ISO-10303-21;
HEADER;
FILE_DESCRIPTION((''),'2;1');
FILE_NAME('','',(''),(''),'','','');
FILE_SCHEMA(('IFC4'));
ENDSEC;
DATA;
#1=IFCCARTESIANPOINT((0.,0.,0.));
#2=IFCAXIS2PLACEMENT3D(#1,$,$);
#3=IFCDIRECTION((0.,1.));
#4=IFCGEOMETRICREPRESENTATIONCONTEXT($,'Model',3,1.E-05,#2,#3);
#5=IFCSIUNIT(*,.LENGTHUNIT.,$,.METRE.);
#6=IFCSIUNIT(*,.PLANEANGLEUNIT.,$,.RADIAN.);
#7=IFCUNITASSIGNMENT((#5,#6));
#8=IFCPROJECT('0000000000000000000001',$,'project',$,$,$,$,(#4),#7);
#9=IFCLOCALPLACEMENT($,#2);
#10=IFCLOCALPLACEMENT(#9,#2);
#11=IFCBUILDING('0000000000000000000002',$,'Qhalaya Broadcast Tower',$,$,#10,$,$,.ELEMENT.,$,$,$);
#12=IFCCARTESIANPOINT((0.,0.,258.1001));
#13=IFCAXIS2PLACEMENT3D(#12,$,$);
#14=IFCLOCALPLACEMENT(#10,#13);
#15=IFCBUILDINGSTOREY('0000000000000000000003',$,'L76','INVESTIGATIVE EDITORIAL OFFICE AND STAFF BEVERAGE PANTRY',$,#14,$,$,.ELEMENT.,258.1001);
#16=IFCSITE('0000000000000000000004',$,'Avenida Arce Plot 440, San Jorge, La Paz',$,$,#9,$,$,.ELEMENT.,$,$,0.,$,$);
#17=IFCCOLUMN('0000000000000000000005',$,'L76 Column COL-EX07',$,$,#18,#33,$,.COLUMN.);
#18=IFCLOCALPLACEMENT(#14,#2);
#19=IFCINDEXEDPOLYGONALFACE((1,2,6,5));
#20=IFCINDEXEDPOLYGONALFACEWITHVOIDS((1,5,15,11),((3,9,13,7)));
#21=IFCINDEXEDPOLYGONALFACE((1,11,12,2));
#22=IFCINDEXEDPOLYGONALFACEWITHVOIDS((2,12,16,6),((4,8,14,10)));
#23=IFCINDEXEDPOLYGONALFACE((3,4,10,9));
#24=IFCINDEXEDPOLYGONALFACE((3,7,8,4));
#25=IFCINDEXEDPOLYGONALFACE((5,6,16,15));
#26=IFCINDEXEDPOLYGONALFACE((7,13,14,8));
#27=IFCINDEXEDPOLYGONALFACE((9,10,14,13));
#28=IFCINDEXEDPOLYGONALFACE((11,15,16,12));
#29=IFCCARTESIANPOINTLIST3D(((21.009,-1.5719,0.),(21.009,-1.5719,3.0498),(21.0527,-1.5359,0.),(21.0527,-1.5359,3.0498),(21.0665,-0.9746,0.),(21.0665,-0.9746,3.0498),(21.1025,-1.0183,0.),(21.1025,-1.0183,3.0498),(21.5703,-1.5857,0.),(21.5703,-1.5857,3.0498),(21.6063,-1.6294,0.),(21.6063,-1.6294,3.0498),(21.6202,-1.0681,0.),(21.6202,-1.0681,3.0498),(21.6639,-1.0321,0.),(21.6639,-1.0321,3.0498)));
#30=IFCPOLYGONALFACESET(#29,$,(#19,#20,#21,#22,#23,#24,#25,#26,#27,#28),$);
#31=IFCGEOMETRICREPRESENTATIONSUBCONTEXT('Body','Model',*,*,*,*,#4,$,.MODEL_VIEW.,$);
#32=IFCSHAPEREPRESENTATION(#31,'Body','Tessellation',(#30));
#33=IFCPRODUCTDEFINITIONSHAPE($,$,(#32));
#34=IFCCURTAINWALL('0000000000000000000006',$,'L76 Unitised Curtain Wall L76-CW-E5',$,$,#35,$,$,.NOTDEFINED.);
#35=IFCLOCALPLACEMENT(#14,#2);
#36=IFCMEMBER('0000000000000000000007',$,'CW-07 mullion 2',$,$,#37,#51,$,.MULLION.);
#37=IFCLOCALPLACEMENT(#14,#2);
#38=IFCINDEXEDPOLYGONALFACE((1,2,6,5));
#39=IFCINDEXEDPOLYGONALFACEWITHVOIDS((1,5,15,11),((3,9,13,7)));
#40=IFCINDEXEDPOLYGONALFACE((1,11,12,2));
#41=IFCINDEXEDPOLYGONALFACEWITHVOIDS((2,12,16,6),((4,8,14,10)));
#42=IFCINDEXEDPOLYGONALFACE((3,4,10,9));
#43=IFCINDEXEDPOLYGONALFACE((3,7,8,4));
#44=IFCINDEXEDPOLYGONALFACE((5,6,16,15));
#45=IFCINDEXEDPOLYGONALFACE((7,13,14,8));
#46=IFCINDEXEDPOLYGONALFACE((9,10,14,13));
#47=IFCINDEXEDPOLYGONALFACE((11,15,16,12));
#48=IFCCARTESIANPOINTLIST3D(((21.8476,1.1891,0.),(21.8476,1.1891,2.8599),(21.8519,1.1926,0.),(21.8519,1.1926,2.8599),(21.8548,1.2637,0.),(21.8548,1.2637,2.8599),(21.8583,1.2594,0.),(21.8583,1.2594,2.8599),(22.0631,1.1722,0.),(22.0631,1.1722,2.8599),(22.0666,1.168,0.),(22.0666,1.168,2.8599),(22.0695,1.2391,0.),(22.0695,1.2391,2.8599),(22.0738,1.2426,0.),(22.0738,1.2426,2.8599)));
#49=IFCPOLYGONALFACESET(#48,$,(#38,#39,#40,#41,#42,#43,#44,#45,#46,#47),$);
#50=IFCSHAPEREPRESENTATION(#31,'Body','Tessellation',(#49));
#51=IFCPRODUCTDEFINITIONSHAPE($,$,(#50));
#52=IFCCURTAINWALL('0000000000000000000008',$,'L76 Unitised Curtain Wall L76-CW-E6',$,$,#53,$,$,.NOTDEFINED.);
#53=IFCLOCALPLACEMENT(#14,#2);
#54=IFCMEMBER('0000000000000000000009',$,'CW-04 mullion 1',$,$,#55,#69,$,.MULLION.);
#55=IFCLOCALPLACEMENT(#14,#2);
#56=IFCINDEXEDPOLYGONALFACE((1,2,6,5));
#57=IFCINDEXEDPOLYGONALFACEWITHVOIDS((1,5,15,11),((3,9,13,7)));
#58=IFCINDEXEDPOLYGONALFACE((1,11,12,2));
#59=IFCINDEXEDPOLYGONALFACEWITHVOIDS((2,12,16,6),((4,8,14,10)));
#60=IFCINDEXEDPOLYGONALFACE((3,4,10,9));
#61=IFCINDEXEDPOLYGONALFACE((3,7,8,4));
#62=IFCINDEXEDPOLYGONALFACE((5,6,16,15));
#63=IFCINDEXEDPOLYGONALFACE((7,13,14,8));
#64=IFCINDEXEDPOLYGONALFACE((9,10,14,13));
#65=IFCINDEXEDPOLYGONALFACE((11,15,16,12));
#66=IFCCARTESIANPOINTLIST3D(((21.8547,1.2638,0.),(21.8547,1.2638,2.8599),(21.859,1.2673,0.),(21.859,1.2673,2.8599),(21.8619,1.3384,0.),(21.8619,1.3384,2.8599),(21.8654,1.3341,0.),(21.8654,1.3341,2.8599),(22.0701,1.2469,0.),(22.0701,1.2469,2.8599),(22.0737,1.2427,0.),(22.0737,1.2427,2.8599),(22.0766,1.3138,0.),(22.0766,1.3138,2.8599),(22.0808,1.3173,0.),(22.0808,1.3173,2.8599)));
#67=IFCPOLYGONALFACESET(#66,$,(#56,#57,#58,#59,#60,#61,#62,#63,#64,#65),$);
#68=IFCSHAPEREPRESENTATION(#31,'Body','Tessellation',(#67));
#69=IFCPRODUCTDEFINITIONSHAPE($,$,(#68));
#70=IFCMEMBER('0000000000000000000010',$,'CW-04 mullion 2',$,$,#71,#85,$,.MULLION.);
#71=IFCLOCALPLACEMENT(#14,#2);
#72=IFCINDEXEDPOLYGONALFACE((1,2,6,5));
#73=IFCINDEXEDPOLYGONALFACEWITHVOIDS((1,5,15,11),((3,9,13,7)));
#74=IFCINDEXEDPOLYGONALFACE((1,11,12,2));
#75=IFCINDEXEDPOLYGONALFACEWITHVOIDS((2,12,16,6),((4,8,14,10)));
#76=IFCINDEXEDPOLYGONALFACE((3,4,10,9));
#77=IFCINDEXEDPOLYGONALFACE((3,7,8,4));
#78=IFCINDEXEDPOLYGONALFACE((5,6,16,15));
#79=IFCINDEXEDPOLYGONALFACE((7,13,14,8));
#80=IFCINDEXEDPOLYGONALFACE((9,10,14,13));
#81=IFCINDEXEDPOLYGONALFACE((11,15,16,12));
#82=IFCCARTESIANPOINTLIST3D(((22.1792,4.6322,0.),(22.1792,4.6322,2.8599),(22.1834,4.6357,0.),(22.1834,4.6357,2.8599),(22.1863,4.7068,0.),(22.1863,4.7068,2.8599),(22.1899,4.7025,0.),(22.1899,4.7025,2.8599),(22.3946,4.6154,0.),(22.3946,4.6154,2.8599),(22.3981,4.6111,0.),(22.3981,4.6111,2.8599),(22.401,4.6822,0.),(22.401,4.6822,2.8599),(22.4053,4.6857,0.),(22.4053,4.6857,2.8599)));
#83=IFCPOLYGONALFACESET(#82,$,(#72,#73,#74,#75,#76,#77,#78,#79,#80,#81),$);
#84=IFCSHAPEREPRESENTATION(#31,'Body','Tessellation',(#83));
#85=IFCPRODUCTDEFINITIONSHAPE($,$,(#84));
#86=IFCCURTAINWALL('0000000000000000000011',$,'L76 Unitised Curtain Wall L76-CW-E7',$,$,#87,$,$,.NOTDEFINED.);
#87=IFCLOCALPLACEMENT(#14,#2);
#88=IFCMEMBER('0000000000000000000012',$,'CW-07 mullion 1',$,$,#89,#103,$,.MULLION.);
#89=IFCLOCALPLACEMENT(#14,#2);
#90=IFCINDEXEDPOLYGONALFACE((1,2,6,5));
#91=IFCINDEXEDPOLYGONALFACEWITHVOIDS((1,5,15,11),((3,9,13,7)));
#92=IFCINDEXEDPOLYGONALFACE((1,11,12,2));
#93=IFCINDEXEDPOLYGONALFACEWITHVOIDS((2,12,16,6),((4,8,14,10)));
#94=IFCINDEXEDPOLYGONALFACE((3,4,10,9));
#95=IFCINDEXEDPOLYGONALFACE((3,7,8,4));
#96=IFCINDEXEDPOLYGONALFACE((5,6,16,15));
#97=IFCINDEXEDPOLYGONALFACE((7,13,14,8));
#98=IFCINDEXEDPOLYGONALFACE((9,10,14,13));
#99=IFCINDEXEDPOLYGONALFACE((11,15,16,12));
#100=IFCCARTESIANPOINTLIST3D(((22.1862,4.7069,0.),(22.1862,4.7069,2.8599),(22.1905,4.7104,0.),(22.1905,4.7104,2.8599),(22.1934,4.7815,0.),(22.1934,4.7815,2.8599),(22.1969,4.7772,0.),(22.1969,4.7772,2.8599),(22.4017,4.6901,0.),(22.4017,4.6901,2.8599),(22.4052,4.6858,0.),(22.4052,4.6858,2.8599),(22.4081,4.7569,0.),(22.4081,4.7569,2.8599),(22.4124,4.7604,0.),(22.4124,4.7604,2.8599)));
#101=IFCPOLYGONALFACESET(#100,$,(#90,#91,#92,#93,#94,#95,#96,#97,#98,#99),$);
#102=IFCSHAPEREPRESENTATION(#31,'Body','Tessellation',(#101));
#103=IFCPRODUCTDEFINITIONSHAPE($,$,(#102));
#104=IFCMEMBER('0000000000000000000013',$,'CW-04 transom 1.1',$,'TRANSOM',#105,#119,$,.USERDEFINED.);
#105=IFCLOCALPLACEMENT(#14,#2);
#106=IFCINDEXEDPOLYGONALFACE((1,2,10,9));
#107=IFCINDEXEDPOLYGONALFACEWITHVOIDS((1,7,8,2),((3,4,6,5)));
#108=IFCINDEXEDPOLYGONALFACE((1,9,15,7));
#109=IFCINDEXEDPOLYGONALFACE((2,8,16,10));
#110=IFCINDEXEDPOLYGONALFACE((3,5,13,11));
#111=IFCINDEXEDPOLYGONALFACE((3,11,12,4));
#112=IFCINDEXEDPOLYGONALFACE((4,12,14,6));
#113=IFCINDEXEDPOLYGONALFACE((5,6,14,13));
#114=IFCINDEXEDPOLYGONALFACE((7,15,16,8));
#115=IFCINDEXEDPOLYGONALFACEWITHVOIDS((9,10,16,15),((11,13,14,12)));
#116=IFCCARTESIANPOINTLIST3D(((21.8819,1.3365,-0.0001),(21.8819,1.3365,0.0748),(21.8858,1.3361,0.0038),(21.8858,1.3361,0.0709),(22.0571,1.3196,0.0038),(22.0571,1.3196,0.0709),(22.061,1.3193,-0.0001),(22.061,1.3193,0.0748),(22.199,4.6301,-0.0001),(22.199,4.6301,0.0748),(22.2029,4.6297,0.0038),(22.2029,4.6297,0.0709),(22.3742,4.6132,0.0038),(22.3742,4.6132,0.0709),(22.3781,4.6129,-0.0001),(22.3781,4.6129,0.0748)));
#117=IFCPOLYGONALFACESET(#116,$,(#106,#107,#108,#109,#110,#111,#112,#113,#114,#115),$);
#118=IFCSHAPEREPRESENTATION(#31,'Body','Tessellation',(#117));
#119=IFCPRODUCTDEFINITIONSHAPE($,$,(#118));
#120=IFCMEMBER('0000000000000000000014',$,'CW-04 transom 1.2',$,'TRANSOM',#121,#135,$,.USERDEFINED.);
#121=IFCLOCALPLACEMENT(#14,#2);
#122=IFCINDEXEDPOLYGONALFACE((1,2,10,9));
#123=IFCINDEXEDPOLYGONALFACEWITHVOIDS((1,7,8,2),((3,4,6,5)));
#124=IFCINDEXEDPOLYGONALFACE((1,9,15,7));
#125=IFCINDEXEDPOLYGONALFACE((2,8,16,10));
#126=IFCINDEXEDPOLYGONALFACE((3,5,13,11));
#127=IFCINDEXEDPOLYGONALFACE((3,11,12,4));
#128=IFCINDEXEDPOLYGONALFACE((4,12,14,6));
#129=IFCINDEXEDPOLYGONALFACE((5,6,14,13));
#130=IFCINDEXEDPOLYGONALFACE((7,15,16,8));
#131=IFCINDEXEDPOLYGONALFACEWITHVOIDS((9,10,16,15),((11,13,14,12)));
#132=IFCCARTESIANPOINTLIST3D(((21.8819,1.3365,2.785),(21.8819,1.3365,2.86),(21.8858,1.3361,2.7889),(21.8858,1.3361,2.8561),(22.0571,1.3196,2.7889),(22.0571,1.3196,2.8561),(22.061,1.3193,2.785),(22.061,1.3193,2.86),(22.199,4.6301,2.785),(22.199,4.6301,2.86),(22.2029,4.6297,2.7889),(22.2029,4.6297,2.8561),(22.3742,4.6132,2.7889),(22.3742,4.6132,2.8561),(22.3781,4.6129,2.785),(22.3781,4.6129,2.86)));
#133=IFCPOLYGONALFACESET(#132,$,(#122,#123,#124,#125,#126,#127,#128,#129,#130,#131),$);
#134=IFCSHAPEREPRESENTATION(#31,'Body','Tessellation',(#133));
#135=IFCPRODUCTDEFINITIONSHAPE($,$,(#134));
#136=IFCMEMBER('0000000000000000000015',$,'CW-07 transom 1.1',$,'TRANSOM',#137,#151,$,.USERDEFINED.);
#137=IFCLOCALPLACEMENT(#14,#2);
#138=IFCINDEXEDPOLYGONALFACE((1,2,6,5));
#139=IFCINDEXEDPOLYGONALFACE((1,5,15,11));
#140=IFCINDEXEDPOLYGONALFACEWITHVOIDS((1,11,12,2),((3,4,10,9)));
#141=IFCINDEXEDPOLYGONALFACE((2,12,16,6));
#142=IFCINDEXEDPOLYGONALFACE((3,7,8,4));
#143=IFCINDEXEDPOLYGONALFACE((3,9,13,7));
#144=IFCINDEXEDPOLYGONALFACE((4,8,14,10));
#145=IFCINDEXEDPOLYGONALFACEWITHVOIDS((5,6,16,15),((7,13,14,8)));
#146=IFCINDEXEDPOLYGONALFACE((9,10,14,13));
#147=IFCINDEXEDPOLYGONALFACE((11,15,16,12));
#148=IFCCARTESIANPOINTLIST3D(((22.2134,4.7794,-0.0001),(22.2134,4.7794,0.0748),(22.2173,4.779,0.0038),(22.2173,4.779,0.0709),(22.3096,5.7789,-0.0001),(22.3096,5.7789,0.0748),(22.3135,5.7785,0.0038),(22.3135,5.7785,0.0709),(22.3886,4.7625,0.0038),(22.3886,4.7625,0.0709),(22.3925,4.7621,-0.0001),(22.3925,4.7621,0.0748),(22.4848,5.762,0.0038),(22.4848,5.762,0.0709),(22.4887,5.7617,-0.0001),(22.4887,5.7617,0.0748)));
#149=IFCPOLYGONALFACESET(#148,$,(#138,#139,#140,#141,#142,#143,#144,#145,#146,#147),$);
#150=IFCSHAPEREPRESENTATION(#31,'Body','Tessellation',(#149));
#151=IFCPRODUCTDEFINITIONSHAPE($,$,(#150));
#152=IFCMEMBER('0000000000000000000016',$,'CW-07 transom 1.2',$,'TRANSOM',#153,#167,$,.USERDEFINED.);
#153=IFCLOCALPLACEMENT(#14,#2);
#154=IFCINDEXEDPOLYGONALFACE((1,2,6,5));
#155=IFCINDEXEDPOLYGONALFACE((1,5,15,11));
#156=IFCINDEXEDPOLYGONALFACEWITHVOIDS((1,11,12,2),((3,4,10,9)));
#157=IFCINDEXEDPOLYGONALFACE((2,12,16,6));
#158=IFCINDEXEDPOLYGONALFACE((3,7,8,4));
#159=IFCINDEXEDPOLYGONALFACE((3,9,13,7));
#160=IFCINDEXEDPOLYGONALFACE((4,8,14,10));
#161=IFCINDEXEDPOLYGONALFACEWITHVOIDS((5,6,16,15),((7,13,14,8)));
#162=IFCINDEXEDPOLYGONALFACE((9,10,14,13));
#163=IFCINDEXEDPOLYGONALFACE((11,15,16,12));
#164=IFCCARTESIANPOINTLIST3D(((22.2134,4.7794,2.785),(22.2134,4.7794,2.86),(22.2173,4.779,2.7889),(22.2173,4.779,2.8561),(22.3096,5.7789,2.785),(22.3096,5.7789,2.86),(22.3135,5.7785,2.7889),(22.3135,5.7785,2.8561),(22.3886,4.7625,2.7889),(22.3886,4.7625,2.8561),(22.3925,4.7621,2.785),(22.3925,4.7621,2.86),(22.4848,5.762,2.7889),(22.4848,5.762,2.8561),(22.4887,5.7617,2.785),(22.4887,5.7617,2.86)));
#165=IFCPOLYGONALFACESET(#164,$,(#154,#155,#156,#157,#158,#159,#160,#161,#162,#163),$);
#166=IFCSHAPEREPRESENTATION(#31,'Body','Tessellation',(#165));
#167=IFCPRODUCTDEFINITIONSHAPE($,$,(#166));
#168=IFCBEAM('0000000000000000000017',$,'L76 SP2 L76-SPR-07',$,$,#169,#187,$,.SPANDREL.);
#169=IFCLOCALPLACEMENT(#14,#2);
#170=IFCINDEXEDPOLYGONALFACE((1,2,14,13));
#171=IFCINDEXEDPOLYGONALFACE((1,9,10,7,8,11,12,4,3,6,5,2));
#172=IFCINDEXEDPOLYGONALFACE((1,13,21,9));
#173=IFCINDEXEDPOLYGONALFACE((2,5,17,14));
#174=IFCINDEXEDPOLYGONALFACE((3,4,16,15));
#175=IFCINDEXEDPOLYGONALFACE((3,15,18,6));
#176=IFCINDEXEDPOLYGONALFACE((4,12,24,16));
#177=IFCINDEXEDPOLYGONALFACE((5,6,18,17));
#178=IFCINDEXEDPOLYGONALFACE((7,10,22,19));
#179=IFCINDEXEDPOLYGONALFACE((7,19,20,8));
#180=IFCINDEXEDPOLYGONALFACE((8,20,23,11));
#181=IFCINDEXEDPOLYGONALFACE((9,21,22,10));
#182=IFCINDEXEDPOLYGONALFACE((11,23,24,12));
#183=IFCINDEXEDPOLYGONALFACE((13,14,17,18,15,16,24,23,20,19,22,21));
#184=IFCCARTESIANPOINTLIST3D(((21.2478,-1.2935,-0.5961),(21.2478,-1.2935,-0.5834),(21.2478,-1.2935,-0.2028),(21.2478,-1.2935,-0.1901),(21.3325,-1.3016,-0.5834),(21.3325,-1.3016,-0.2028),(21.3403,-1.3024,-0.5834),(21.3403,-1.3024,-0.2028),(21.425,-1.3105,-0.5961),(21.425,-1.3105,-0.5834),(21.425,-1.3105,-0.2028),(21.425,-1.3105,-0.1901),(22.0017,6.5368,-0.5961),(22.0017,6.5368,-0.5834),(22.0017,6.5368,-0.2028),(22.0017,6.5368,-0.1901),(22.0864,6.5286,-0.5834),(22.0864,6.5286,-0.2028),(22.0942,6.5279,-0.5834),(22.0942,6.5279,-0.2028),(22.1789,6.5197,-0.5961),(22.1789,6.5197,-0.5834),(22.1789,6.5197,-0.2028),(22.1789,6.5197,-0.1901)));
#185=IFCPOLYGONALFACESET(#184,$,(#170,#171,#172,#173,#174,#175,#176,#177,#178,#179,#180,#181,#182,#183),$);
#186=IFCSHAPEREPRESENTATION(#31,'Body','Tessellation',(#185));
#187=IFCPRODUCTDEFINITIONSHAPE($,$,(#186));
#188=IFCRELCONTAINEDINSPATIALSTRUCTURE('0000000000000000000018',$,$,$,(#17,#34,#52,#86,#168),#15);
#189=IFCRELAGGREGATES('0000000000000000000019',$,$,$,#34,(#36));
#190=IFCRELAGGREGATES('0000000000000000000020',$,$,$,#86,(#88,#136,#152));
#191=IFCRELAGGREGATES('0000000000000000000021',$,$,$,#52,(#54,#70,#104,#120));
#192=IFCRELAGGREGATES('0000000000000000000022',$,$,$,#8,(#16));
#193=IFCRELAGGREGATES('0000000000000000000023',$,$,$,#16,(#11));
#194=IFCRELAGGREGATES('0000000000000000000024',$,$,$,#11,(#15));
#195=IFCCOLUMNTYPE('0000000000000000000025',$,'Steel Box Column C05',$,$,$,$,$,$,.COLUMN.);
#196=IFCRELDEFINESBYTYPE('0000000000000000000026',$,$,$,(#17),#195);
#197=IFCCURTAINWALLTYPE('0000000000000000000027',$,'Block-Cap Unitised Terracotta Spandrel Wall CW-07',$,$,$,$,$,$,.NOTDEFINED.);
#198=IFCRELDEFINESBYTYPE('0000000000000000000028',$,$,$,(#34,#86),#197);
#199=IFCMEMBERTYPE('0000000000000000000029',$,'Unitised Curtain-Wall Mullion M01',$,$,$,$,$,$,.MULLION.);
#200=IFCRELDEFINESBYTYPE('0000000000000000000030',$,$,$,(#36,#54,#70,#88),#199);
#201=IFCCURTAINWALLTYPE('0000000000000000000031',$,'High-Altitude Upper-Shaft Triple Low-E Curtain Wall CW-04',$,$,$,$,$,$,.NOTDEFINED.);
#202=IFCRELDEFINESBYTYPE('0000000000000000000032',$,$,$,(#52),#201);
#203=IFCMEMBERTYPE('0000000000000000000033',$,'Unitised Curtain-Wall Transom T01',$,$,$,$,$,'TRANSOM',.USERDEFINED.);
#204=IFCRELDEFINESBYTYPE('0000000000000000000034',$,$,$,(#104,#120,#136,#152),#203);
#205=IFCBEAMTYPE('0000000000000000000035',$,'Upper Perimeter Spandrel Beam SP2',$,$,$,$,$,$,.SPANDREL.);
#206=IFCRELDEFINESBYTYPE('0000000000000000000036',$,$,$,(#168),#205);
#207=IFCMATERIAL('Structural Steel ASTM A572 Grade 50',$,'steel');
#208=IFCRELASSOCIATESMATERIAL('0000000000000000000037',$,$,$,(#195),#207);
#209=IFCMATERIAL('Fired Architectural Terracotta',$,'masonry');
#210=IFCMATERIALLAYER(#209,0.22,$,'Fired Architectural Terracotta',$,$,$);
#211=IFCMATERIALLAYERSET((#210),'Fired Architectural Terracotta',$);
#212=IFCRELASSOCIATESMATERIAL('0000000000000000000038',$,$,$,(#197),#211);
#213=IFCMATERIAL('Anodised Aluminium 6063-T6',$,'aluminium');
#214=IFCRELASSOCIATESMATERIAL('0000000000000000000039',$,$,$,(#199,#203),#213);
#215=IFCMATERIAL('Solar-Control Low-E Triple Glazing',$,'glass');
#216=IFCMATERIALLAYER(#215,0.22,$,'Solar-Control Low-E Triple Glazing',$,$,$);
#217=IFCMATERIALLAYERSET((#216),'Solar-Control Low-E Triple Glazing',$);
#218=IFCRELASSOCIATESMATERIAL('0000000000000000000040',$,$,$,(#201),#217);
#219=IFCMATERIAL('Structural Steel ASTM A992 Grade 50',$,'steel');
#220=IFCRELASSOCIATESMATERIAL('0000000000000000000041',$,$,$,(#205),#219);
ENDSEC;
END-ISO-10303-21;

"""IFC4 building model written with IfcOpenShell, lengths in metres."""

from ifc_helpers import new_model, si_unit, direction, frame, origin, origin_2d, place, context, subcontext, project, spatial, hollow_rectangle, i_section, extrude, material, layer, layer_set, material_profile, profile_set, type_object, element, aggregate, save


model = new_model("IFC4")

# Units and contexts
model_context = context("Model", 3, precision=1e-05, world=origin(), true_north=direction((0.0, 1.0)))
body_context = subcontext(model_context, "Body", "Model", "MODEL_VIEW")
ifc_project = project(units=[si_unit("LENGTHUNIT", "METRE"), si_unit("PLANEANGLEUNIT", "RADIAN")], contexts=[model_context])

# Site, building, storey
site_placement = place(None, origin())
site = spatial("IfcSite", under=ifc_project, at=site_placement, Name="Avenida Arce Plot 440, San Jorge, La Paz", CompositionType="ELEMENT", RefElevation=0.0)
building_placement = place(site_placement, origin())
building = spatial("IfcBuilding", under=site, at=building_placement, Name="Qhalaya Broadcast Tower", CompositionType="ELEMENT")
storey_placement = place(building_placement, frame((0.0, 0.0, 258.1001)))
storey = spatial("IfcBuildingStorey", under=building, at=storey_placement, Name="L76", Description="INVESTIGATIVE EDITORIAL OFFICE AND STAFF BEVERAGE PANTRY", CompositionType="ELEMENT", Elevation=258.1001)

# Column
ifc_material_1 = material(Name="Structural Steel ASTM A572 Grade 50", Category="steel")
ifc_material_profile_1 = material_profile(ifc_material_1, hollow_rectangle(XDim=0.6001, YDim=0.6001, WallThickness=0.04, at=origin_2d()), Name="BOX 600x600x40")
ifc_profile_set_1 = profile_set([ifc_material_profile_1], Name="Structural Steel ASTM A572 Grade 50")
column_type = type_object("IfcColumnType", Name="Steel Box Column C05", PredefinedType="COLUMN", material=ifc_profile_set_1)
column_placement = place(storey_placement, frame((21.3364, -1.302, 0.0), z_axis=(0.0, 0.0, 1.0), x_axis=(0.095846, 0.995396, 0.0)))
element("IfcColumn", 1, at=column_placement, inside=storey, type_object=column_type, Name="L76 Column COL-EX07", PredefinedType="COLUMN", context=body_context, shape_type="SweptSolid", body=[
    extrude(hollow_rectangle(XDim=0.6001, YDim=0.6001, WallThickness=0.04, at=origin_2d()), origin(), (0.0, 0.0, 1.0), 3.0498),
])

# Curtain wall, member
ifc_material_2 = material(Name="Fired Architectural Terracotta", Category="masonry")
ifc_layer_1 = layer(ifc_material_2, 0.22, Name="Fired Architectural Terracotta")
ifc_layer_set_1 = layer_set([ifc_layer_1], Name="Fired Architectural Terracotta")
curtain_wall_type_1 = type_object("IfcCurtainWallType", Name="Block-Cap Unitised Terracotta Spandrel Wall CW-07", PredefinedType="NOTDEFINED", material=ifc_layer_set_1)
curtain_wall_1_placement = place(storey_placement, origin())
curtain_wall_1 = element("IfcCurtainWall", 2, at=curtain_wall_1_placement, inside=storey, type_object=curtain_wall_type_1, Name="L76 Unitised Curtain Wall L76-CW-E5", PredefinedType="NOTDEFINED")
ifc_material_3 = material(Name="Anodised Aluminium 6063-T6", Category="aluminium")
ifc_material_profile_2 = material_profile(ifc_material_3, hollow_rectangle(XDim=0.075, YDim=0.22, WallThickness=0.0039, at=origin_2d()), Name="ALU-MUL 75x220x4")
ifc_profile_set_2 = profile_set([ifc_material_profile_2], Name="Anodised Aluminium 6063-T6")
member_type_1 = type_object("IfcMemberType", Name="Unitised Curtain-Wall Mullion M01", PredefinedType="MULLION", material=ifc_profile_set_2)
member_1_placement = place(storey_placement, frame((21.9607, 1.2158, 0.0), z_axis=(0.0, 0.0, 1.0), x_axis=(0.09586, 0.995395, 0.0)))
member_1 = element("IfcMember", 3, at=member_1_placement, type_object=member_type_1, Name="CW-07 mullion 2", PredefinedType="MULLION", context=body_context, shape_type="SweptSolid", body=[
    extrude(hollow_rectangle(XDim=0.075, YDim=0.22, WallThickness=0.0039, at=origin_2d()), origin(), (0.0, 0.0, 1.0), 2.8599),
])

# Curtain wall, members
ifc_material_4 = material(Name="Solar-Control Low-E Triple Glazing", Category="glass")
ifc_layer_2 = layer(ifc_material_4, 0.22, Name="Solar-Control Low-E Triple Glazing")
ifc_layer_set_2 = layer_set([ifc_layer_2], Name="Solar-Control Low-E Triple Glazing")
curtain_wall_type_2 = type_object("IfcCurtainWallType", Name="High-Altitude Upper-Shaft Triple Low-E Curtain Wall CW-04", PredefinedType="NOTDEFINED", material=ifc_layer_set_2)
curtain_wall_2_placement = place(storey_placement, origin())
curtain_wall_2 = element("IfcCurtainWall", 4, at=curtain_wall_2_placement, inside=storey, type_object=curtain_wall_type_2, Name="L76 Unitised Curtain Wall L76-CW-E6", PredefinedType="NOTDEFINED")
member_2_placement = place(storey_placement, frame((21.9678, 1.2905, 0.0), z_axis=(0.0, 0.0, 1.0), x_axis=(0.095839, 0.995397, 0.0)))
member_2 = element("IfcMember", 5, at=member_2_placement, type_object=member_type_1, Name="CW-04 mullion 1", PredefinedType="MULLION", context=body_context, shape_type="SweptSolid", body=[
    extrude(hollow_rectangle(XDim=0.075, YDim=0.22, WallThickness=0.0039, at=origin_2d()), origin(), (0.0, 0.0, 1.0), 2.8599),
])
member_3_placement = place(storey_placement, frame((22.2922, 4.6589, 0.0), z_axis=(0.0, 0.0, 1.0), x_axis=(0.095839, 0.995397, 0.0)))
member_3 = element("IfcMember", 6, at=member_3_placement, type_object=member_type_1, Name="CW-04 mullion 2", PredefinedType="MULLION", context=body_context, shape_type="SweptSolid", body=[
    extrude(hollow_rectangle(XDim=0.075, YDim=0.22, WallThickness=0.0039, at=origin_2d()), origin(), (0.0, 0.0, 1.0), 2.8599),
])

# Curtain wall, member
curtain_wall_3_placement = place(storey_placement, origin())
curtain_wall_3 = element("IfcCurtainWall", 7, at=curtain_wall_3_placement, inside=storey, type_object=curtain_wall_type_1, Name="L76 Unitised Curtain Wall L76-CW-E7", PredefinedType="NOTDEFINED")
member_4_placement = place(storey_placement, frame((22.2993, 4.7336, 0.0), z_axis=(0.0, 0.0, 1.0), x_axis=(0.09584, 0.995397, 0.0)))
member_4 = element("IfcMember", 8, at=member_4_placement, type_object=member_type_1, Name="CW-07 mullion 1", PredefinedType="MULLION", context=body_context, shape_type="SweptSolid", body=[
    extrude(hollow_rectangle(XDim=0.075, YDim=0.22, WallThickness=0.0039, at=origin_2d()), origin(), (0.0, 0.0, 1.0), 2.8599),
])

# Members
ifc_material_profile_3 = material_profile(ifc_material_3, hollow_rectangle(XDim=0.075, YDim=0.1799, WallThickness=0.0039, at=origin_2d()), Name="ALU-TRN 75x180x4")
ifc_profile_set_3 = profile_set([ifc_material_profile_3], Name="Anodised Aluminium 6063-T6")
member_type_2 = type_object("IfcMemberType", Name="Unitised Curtain-Wall Transom T01", ElementType="TRANSOM", PredefinedType="USERDEFINED", material=ifc_profile_set_3)
member_5_placement = place(storey_placement, frame((21.9714, 1.3279, 0.0374), z_axis=(0.095843, 0.995396, 0.0), x_axis=(0.0, 0.0, 1.0)))
member_5 = element("IfcMember", 9, at=member_5_placement, type_object=member_type_2, Name="CW-04 transom 1.1", ObjectType="TRANSOM", PredefinedType="USERDEFINED", context=body_context, shape_type="SweptSolid", body=[
    extrude(hollow_rectangle(XDim=0.075, YDim=0.1799, WallThickness=0.0039, at=origin_2d()), origin(), (0.0, 0.0, 1.0), 3.3088),
])
member_6_placement = place(storey_placement, frame((21.9714, 1.3279, 2.8225), z_axis=(0.095843, 0.995396, 0.0), x_axis=(0.0, 0.0, 1.0)))
member_6 = element("IfcMember", 10, at=member_6_placement, type_object=member_type_2, Name="CW-04 transom 1.2", ObjectType="TRANSOM", PredefinedType="USERDEFINED", context=body_context, shape_type="SweptSolid", body=[
    extrude(hollow_rectangle(XDim=0.075, YDim=0.1799, WallThickness=0.0039, at=origin_2d()), origin(), (0.0, 0.0, 1.0), 3.3088),
])
member_7_placement = place(storey_placement, frame((22.303, 4.7708, 0.0374), z_axis=(0.095796, 0.995401, 0.0), x_axis=(0.0, 0.0, 1.0)))
member_7 = element("IfcMember", 11, at=member_7_placement, type_object=member_type_2, Name="CW-07 transom 1.1", ObjectType="TRANSOM", PredefinedType="USERDEFINED", context=body_context, shape_type="SweptSolid", body=[
    extrude(hollow_rectangle(XDim=0.075, YDim=0.1799, WallThickness=0.0039, at=origin_2d()), origin(), (0.0, 0.0, 1.0), 1.0042),
])
member_8_placement = place(storey_placement, frame((22.303, 4.7708, 2.8225), z_axis=(0.095796, 0.995401, 0.0), x_axis=(0.0, 0.0, 1.0)))
member_8 = element("IfcMember", 12, at=member_8_placement, type_object=member_type_2, Name="CW-07 transom 1.2", ObjectType="TRANSOM", PredefinedType="USERDEFINED", context=body_context, shape_type="SweptSolid", body=[
    extrude(hollow_rectangle(XDim=0.075, YDim=0.1799, WallThickness=0.0039, at=origin_2d()), origin(), (0.0, 0.0, 1.0), 1.0042),
])

# Beam
ifc_material_5 = material(Name="Structural Steel ASTM A992 Grade 50", Category="steel")
ifc_material_profile_4 = material_profile(ifc_material_5, i_section(OverallWidth=0.178, OverallDepth=0.406, WebThickness=0.0078, FlangeThickness=0.0127, at=origin_2d()), Name="W16X40")
ifc_profile_set_4 = profile_set([ifc_material_profile_4], Name="Structural Steel ASTM A992 Grade 50")
beam_type = type_object("IfcBeamType", Name="Upper Perimeter Spandrel Beam SP2", PredefinedType="SPANDREL", material=ifc_profile_set_4)
beam_placement = place(storey_placement, frame((21.3364, -1.302, -0.3931), z_axis=(0.095837, 0.995397, 0.0), x_axis=(-0.995397, 0.095837, 0.0)))
element("IfcBeam", 13, at=beam_placement, inside=storey, type_object=beam_type, Name="L76 SP2 L76-SPR-07", PredefinedType="SPANDREL", context=body_context, shape_type="SweptSolid", body=[
    extrude(i_section(OverallWidth=0.178, OverallDepth=0.406, WebThickness=0.0078, FlangeThickness=0.0127, at=origin_2d()), origin(), (0.0, 0.0, 1.0), 7.8665),
])

aggregate(curtain_wall_1, [member_1])
aggregate(curtain_wall_3, [member_4, member_7, member_8])
aggregate(curtain_wall_2, [member_2, member_3, member_5, member_6])

save(model, "model.ifc")
